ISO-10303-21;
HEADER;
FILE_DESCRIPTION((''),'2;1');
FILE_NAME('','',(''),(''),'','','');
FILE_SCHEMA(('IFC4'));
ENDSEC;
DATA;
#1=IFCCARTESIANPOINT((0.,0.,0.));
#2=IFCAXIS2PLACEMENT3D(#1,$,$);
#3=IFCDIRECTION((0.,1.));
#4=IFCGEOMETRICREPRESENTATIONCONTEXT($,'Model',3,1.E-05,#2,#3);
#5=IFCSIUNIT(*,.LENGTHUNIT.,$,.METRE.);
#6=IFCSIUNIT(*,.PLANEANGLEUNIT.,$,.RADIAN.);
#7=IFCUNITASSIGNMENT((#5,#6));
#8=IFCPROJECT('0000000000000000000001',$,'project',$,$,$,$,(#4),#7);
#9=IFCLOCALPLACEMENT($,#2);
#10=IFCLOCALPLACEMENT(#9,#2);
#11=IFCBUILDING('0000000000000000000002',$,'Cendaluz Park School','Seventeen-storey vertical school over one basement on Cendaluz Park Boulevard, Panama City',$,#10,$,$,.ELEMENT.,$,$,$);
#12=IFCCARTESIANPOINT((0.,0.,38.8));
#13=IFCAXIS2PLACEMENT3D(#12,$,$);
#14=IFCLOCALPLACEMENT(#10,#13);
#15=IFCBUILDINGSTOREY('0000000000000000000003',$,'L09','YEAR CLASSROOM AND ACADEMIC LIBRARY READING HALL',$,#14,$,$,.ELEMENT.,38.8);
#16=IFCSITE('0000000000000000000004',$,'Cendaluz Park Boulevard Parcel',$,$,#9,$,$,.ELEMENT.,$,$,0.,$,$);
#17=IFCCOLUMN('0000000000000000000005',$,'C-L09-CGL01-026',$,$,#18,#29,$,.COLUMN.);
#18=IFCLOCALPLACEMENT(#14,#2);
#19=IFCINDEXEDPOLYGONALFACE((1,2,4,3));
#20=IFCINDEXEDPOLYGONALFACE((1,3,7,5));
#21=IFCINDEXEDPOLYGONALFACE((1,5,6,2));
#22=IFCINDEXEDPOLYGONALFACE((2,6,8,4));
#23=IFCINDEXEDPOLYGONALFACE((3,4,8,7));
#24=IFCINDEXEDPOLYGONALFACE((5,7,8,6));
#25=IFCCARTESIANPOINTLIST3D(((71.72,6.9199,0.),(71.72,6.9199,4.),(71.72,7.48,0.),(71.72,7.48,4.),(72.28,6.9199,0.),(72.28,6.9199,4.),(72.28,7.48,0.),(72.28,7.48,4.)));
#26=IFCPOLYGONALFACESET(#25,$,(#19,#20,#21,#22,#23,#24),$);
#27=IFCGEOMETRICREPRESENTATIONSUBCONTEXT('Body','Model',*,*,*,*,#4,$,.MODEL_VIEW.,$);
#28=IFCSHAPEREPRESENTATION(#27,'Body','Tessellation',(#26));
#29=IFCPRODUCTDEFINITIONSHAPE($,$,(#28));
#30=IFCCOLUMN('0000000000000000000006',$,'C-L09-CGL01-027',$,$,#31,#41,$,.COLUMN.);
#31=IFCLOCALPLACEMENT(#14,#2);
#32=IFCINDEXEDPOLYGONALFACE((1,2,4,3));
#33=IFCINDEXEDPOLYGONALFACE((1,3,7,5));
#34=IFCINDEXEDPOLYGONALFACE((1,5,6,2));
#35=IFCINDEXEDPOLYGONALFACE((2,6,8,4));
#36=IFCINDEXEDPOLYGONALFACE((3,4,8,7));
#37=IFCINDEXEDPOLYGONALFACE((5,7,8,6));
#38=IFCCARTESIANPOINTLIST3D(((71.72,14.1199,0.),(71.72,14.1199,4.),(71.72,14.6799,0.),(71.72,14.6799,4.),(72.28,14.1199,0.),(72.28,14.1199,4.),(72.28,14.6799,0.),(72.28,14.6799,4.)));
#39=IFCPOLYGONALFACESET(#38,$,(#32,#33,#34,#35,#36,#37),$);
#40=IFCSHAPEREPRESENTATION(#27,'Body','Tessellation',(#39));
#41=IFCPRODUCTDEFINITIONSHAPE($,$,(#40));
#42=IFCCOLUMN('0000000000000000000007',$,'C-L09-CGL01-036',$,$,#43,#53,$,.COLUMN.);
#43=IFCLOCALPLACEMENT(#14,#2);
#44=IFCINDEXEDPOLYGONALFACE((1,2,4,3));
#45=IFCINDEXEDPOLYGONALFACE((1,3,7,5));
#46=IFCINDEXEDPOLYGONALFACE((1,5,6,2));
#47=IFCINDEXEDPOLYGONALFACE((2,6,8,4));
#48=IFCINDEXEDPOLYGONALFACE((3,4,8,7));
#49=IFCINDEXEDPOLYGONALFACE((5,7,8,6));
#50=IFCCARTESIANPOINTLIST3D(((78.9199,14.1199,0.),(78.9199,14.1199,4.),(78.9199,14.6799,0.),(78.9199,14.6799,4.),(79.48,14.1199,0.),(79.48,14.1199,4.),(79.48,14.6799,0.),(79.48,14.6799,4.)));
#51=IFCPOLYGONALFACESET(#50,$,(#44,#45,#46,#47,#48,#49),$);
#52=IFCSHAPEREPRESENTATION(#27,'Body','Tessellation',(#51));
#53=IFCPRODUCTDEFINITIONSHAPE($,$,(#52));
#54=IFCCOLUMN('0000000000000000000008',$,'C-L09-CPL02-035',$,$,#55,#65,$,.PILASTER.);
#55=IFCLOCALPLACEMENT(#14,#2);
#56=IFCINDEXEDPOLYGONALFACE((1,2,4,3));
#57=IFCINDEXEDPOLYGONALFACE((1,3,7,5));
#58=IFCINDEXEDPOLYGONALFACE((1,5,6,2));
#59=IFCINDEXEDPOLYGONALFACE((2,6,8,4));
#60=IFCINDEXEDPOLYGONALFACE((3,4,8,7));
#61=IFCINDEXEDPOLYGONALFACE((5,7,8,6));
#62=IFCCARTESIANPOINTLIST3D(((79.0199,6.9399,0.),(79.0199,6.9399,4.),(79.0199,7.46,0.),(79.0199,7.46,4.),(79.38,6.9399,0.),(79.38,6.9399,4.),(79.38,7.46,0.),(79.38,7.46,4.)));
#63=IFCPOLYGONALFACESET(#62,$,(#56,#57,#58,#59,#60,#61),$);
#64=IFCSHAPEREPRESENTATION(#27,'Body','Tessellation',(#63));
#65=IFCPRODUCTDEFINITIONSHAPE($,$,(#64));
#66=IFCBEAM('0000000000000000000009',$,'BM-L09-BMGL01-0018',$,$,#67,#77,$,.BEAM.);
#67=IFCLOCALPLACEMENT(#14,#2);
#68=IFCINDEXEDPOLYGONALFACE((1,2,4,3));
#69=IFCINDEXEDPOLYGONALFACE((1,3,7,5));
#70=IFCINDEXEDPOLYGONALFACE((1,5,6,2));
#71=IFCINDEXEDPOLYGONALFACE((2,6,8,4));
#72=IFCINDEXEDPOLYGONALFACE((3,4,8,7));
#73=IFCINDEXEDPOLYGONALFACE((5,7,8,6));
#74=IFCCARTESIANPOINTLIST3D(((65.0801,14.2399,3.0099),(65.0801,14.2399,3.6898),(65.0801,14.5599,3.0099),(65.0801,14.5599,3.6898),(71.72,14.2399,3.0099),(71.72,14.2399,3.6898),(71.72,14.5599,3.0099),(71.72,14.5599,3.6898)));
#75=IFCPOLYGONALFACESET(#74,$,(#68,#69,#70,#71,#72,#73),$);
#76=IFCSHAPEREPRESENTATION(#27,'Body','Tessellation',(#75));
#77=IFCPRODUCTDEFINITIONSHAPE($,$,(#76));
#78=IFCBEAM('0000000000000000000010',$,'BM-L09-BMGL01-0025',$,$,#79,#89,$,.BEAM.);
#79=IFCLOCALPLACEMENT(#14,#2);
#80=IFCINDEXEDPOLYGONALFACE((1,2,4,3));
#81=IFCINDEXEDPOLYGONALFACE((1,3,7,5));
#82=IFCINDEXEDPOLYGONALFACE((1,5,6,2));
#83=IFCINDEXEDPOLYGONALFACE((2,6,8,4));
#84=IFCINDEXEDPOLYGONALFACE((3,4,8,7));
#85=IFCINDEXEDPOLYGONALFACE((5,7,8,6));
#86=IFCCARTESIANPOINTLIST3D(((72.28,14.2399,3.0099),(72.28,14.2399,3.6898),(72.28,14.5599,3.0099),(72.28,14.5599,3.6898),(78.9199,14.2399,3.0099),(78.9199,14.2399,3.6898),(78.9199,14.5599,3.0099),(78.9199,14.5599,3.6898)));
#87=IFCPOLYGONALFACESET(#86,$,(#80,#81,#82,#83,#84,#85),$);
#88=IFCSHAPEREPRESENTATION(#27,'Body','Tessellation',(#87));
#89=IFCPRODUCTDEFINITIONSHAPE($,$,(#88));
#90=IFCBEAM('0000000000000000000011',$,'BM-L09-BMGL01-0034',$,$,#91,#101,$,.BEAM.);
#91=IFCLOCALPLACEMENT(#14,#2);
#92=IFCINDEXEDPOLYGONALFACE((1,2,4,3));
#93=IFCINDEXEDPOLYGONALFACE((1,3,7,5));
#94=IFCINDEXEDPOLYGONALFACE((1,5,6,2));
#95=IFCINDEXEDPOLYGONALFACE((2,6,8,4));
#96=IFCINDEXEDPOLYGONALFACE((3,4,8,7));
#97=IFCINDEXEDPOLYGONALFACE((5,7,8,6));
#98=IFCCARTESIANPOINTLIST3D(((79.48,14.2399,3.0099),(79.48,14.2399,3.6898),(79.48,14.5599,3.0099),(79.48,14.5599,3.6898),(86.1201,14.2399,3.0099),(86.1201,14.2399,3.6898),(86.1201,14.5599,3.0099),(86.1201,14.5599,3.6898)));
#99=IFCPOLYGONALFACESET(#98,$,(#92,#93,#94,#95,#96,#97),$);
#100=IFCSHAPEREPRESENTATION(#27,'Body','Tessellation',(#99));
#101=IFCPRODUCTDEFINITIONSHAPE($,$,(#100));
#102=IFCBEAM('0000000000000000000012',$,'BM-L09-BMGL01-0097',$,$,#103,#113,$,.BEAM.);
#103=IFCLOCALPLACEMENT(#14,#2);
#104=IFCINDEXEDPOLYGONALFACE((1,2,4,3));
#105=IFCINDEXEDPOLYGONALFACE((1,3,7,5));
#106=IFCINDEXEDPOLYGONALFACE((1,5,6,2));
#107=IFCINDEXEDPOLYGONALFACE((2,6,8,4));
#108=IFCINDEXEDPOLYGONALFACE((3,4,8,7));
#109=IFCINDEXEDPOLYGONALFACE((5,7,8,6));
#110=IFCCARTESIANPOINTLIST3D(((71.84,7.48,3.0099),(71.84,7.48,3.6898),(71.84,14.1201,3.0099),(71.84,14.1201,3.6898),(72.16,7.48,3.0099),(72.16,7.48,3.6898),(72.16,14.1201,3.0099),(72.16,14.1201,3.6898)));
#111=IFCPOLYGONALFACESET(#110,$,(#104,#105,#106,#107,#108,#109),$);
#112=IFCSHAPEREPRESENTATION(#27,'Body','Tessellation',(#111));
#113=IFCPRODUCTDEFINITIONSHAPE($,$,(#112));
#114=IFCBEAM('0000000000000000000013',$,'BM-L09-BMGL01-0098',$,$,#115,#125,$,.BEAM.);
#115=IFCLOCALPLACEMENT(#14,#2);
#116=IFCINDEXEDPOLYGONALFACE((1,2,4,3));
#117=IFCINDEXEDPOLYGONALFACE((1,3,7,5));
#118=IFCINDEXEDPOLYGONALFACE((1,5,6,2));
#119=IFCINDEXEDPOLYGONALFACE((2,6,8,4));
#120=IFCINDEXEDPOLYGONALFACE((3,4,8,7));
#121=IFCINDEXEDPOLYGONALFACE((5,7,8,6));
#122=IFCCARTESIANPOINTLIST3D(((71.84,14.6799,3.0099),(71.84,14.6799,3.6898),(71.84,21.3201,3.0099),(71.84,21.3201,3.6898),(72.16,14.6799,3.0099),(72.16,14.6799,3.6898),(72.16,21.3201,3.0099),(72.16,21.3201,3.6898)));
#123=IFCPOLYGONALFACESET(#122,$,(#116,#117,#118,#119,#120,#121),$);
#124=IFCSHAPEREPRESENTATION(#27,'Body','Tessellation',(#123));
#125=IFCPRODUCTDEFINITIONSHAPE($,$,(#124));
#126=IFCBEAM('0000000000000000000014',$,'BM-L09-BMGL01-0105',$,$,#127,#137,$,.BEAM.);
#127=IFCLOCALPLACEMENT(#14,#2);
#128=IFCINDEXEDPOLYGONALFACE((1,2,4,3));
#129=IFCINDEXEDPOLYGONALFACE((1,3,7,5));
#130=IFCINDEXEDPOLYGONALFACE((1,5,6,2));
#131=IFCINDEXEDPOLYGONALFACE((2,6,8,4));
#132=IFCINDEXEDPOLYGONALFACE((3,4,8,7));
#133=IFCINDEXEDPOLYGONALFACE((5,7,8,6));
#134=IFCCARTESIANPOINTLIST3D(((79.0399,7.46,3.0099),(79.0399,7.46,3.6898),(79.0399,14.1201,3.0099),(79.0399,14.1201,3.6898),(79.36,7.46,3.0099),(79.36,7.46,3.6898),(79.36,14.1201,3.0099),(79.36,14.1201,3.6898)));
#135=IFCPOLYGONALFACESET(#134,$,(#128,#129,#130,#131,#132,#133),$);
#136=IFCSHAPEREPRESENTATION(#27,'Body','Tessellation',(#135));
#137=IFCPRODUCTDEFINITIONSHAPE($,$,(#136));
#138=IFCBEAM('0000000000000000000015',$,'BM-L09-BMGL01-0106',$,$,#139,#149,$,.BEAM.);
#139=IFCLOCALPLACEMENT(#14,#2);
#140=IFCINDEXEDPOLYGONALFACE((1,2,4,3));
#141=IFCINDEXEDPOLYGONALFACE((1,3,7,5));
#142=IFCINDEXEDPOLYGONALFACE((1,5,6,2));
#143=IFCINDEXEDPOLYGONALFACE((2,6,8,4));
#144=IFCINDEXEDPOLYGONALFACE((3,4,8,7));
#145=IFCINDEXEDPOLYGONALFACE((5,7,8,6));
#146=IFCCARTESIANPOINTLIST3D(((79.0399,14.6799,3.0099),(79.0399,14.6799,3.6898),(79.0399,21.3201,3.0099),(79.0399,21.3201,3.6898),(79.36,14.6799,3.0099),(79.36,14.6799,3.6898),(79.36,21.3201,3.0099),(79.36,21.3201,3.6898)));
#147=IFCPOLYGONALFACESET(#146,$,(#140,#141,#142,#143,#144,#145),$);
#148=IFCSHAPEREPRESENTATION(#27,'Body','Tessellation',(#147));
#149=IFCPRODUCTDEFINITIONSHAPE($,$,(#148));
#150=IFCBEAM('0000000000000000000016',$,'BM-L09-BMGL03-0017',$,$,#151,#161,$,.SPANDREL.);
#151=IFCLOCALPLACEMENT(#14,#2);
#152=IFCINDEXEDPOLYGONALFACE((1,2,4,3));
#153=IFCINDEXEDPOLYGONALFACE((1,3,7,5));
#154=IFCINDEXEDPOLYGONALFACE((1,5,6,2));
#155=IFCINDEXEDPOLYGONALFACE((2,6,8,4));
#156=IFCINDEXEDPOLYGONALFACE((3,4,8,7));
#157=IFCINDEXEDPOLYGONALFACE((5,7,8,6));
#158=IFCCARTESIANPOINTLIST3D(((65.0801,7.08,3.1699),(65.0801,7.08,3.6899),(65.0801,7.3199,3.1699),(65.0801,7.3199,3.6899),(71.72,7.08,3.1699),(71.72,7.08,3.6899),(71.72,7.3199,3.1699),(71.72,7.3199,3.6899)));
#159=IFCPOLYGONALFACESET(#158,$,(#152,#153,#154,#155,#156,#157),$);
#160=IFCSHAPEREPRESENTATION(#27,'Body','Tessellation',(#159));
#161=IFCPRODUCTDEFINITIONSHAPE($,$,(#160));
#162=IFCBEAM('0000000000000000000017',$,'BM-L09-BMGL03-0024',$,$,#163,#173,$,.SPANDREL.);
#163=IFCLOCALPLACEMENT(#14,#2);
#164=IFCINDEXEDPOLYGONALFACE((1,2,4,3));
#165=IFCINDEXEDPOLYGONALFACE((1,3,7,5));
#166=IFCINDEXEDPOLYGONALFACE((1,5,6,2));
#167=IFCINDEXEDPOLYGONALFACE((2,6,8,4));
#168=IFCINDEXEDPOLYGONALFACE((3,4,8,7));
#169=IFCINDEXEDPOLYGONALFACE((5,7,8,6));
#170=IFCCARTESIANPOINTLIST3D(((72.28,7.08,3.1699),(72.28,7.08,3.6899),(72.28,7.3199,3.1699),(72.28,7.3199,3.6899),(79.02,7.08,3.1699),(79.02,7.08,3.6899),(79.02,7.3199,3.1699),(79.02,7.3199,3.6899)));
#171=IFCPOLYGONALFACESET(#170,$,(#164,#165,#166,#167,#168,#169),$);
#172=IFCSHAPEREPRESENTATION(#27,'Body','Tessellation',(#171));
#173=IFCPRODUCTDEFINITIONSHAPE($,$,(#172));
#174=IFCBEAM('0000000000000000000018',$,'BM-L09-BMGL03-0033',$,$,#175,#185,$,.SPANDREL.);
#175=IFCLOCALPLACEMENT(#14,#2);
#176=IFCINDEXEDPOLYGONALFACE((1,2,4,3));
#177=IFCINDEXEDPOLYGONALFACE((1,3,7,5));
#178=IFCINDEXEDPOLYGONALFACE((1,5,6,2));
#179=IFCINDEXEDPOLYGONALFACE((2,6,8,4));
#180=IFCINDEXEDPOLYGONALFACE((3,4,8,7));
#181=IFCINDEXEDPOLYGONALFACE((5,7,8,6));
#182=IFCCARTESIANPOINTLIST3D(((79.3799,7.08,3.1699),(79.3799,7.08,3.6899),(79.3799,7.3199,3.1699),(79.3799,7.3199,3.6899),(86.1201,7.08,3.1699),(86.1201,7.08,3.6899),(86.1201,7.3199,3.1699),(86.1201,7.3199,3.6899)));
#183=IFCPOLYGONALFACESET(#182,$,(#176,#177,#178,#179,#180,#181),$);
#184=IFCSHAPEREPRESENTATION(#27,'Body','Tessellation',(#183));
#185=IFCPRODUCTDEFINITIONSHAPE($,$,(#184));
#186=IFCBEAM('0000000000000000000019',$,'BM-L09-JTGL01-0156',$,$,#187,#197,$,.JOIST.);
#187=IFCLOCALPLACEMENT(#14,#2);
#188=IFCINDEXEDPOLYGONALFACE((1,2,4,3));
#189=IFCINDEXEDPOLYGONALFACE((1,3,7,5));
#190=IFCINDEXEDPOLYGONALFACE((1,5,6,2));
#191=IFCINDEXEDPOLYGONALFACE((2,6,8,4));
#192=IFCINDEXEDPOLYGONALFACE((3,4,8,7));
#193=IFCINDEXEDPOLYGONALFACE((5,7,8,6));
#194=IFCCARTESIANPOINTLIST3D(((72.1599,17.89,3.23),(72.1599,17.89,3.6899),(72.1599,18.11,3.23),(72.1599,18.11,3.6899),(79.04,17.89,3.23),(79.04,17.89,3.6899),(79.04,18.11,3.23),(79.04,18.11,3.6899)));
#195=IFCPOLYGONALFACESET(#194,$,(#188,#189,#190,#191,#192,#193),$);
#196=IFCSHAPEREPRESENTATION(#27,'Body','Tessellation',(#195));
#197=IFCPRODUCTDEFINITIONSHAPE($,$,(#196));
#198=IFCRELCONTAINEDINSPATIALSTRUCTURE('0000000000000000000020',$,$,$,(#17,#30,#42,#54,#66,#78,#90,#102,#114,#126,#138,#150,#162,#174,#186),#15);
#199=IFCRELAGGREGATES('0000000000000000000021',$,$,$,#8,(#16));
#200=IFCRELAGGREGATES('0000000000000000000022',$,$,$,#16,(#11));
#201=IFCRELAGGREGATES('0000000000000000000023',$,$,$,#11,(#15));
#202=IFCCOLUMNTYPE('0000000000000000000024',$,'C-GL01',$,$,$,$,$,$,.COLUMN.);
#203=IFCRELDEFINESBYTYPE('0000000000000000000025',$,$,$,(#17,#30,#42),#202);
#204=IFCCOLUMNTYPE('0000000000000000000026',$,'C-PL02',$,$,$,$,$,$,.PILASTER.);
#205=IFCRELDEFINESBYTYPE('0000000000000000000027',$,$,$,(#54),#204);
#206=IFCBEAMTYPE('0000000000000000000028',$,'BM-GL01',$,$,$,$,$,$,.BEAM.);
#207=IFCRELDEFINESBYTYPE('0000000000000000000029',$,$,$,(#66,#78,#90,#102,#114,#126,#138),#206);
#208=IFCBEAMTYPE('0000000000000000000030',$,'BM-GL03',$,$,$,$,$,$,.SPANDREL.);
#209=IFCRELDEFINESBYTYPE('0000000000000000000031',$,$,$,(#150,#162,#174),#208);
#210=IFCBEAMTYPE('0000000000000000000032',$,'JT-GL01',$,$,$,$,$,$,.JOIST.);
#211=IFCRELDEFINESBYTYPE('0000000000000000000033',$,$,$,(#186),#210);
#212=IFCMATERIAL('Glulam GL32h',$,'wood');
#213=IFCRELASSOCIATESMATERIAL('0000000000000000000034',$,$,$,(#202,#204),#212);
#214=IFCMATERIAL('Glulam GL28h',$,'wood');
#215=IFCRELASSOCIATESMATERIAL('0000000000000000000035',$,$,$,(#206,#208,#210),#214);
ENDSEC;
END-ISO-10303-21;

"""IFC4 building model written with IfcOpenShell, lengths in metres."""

from ifc_helpers import new_model, si_unit, direction, frame, origin, origin_2d, place, context, subcontext, project, spatial, rectangle, extrude, material, material_profile, profile_set, type_object, element, save


model = new_model("IFC4")

# Units and contexts
model_context = context("Model", 3, precision=1e-05, world=origin(), true_north=direction((0.0, 1.0)))
body_context = subcontext(model_context, "Body", "Model", "MODEL_VIEW")
ifc_project = project(units=[si_unit("LENGTHUNIT", "METRE"), si_unit("PLANEANGLEUNIT", "RADIAN")], contexts=[model_context])

# Site, building, storey
site_placement = place(None, origin())
site = spatial("IfcSite", under=ifc_project, at=site_placement, Name="Cendaluz Park Boulevard Parcel", CompositionType="ELEMENT", RefElevation=0.0)
building_placement = place(site_placement, origin())
building = spatial("IfcBuilding", under=site, at=building_placement, Name="Cendaluz Park School", Description="Seventeen-storey vertical school over one basement on Cendaluz Park Boulevard, Panama City", CompositionType="ELEMENT")
storey_placement = place(building_placement, frame((0.0, 0.0, 38.8)))
storey = spatial("IfcBuildingStorey", under=building, at=storey_placement, Name="L09", Description="YEAR CLASSROOM AND ACADEMIC LIBRARY READING HALL", CompositionType="ELEMENT", Elevation=38.8)

# Columns
ifc_material_1 = material(Name="Glulam GL32h", Category="wood")
ifc_material_profile_1 = material_profile(ifc_material_1, rectangle(XDim=0.5601, YDim=0.5601, at=origin_2d()), Name="GL32h 560x560", Category="wood")
ifc_profile_set_1 = profile_set([ifc_material_profile_1], Name="Glulam GL32h")
column_type_1 = type_object("IfcColumnType", Name="C-GL01", PredefinedType="COLUMN", material=ifc_profile_set_1)
for number, where, z_axis, x_axis, name in (
    (1, (72.0, 7.2, 0.0), (0.0, 0.0, 1.0), (1.0, 0.0, 0.0), "C-L09-CGL01-026"),
    (2, (72.0, 14.3999, 0.0), (0.0, 0.0, 1.0), (1.0, 0.0, 0.0), "C-L09-CGL01-027"),
    (3, (79.2, 14.3999, 0.0), (0.0, 0.0, 1.0), (1.0, 0.0, 0.0), "C-L09-CGL01-036"),
):
    element("IfcColumn", number, at=place(storey_placement, frame(where, z_axis=z_axis, x_axis=x_axis)), inside=storey, type_object=column_type_1, Name=name, PredefinedType="COLUMN", context=body_context, shape_type="SweptSolid", body=[
        extrude(rectangle(XDim=0.5601, YDim=0.5601, at=origin_2d()), origin(), (0.0, 0.0, 1.0), 4.0),
    ])
ifc_material_profile_2 = material_profile(ifc_material_1, rectangle(XDim=0.3601, YDim=0.52, at=origin_2d()), Name="GL32h 360x520", Category="wood")
ifc_profile_set_2 = profile_set([ifc_material_profile_2], Name="Glulam GL32h")
column_type_2 = type_object("IfcColumnType", Name="C-PL02", PredefinedType="PILASTER", material=ifc_profile_set_2)
column_placement = place(storey_placement, frame((79.2, 7.2, 0.0), z_axis=(0.0, 0.0, 1.0), x_axis=(1.0, 0.0, 0.0)))
element("IfcColumn", 4, at=column_placement, inside=storey, type_object=column_type_2, Name="C-L09-CPL02-035", PredefinedType="PILASTER", context=body_context, shape_type="SweptSolid", body=[
    extrude(rectangle(XDim=0.3601, YDim=0.52, at=origin_2d()), origin(), (0.0, 0.0, 1.0), 4.0),
])

# Beams
ifc_material_2 = material(Name="Glulam GL28h", Category="wood")
ifc_material_profile_3 = material_profile(ifc_material_2, rectangle(XDim=0.3201, YDim=0.6799, at=origin_2d()), Name="GL28h 320x680", Category="wood")
ifc_profile_set_3 = profile_set([ifc_material_profile_3], Name="Glulam GL28h")
beam_type_1 = type_object("IfcBeamType", Name="BM-GL01", PredefinedType="BEAM", material=ifc_profile_set_3)
for number, where, z_axis, x_axis, name in (
    (5, (65.0801, 14.3999, 3.3499), (1.0, 0.0, 0.0), (0.0, 1.0, 0.0), "BM-L09-BMGL01-0018"),
    (6, (72.28, 14.3999, 3.3499), (1.0, 0.0, 0.0), (0.0, 1.0, 0.0), "BM-L09-BMGL01-0025"),
):
    element("IfcBeam", number, at=place(storey_placement, frame(where, z_axis=z_axis, x_axis=x_axis)), inside=storey, type_object=beam_type_1, Name=name, PredefinedType="BEAM", context=body_context, shape_type="SweptSolid", body=[
        extrude(rectangle(XDim=0.3201, YDim=0.6799, at=origin_2d()), origin(), (0.0, 0.0, 1.0), 6.6399),
    ])
for number, where, z_axis, x_axis, name in (
    (7, (79.48, 14.3999, 3.3499), (1.0, 0.0, 0.0), (0.0, 1.0, 0.0), "BM-L09-BMGL01-0034"),
    (8, (72.0, 7.48, 3.3499), (0.0, 1.0, 0.0), (-1.0, 0.0, 0.0), "BM-L09-BMGL01-0097"),
    (9, (72.0, 14.6799, 3.3499), (0.0, 1.0, 0.0), (-1.0, 0.0, 0.0), "BM-L09-BMGL01-0098"),
):
    element("IfcBeam", number, at=place(storey_placement, frame(where, z_axis=z_axis, x_axis=x_axis)), inside=storey, type_object=beam_type_1, Name=name, PredefinedType="BEAM", context=body_context, shape_type="SweptSolid", body=[
        extrude(rectangle(XDim=0.3201, YDim=0.6799, at=origin_2d()), origin(), (0.0, 0.0, 1.0), 6.6401),
    ])
beam_1_placement = place(storey_placement, frame((79.2, 7.46, 3.3499), z_axis=(0.0, 1.0, 0.0), x_axis=(-1.0, 0.0, 0.0)))
element("IfcBeam", 10, at=beam_1_placement, inside=storey, type_object=beam_type_1, Name="BM-L09-BMGL01-0105", PredefinedType="BEAM", context=body_context, shape_type="SweptSolid", body=[
    extrude(rectangle(XDim=0.3201, YDim=0.6799, at=origin_2d()), origin(), (0.0, 0.0, 1.0), 6.6602),
])
beam_2_placement = place(storey_placement, frame((79.2, 14.6799, 3.3499), z_axis=(0.0, 1.0, 0.0), x_axis=(-1.0, 0.0, 0.0)))
element("IfcBeam", 11, at=beam_2_placement, inside=storey, type_object=beam_type_1, Name="BM-L09-BMGL01-0106", PredefinedType="BEAM", context=body_context, shape_type="SweptSolid", body=[
    extrude(rectangle(XDim=0.3201, YDim=0.6799, at=origin_2d()), origin(), (0.0, 0.0, 1.0), 6.6401),
])
ifc_material_profile_4 = material_profile(ifc_material_2, rectangle(XDim=0.24, YDim=0.52, at=origin_2d()), Name="GL28h 240x520", Category="wood")
ifc_profile_set_4 = profile_set([ifc_material_profile_4], Name="Glulam GL28h")
beam_type_2 = type_object("IfcBeamType", Name="BM-GL03", PredefinedType="SPANDREL", material=ifc_profile_set_4)
beam_3_placement = place(storey_placement, frame((65.0801, 7.2, 3.4299), z_axis=(1.0, 0.0, 0.0), x_axis=(0.0, 1.0, 0.0)))
element("IfcBeam", 12, at=beam_3_placement, inside=storey, type_object=beam_type_2, Name="BM-L09-BMGL03-0017", PredefinedType="SPANDREL", context=body_context, shape_type="SweptSolid", body=[
    extrude(rectangle(XDim=0.24, YDim=0.52, at=origin_2d()), origin(), (0.0, 0.0, 1.0), 6.6399),
])
beam_4_placement = place(storey_placement, frame((72.28, 7.2, 3.4299), z_axis=(1.0, 0.0, 0.0), x_axis=(0.0, 1.0, 0.0)))
element("IfcBeam", 13, at=beam_4_placement, inside=storey, type_object=beam_type_2, Name="BM-L09-BMGL03-0024", PredefinedType="SPANDREL", context=body_context, shape_type="SweptSolid", body=[
    extrude(rectangle(XDim=0.24, YDim=0.52, at=origin_2d()), origin(), (0.0, 0.0, 1.0), 6.74),
])
beam_5_placement = place(storey_placement, frame((79.3799, 7.2, 3.4299), z_axis=(1.0, 0.0, 0.0), x_axis=(0.0, 1.0, 0.0)))
element("IfcBeam", 14, at=beam_5_placement, inside=storey, type_object=beam_type_2, Name="BM-L09-BMGL03-0033", PredefinedType="SPANDREL", context=body_context, shape_type="SweptSolid", body=[
    extrude(rectangle(XDim=0.24, YDim=0.52, at=origin_2d()), origin(), (0.0, 0.0, 1.0), 6.7402),
])
ifc_material_profile_5 = material_profile(ifc_material_2, rectangle(XDim=0.22, YDim=0.46, at=origin_2d()), Name="GL28h 220x460", Category="wood")
ifc_profile_set_5 = profile_set([ifc_material_profile_5], Name="Glulam GL28h")
beam_type_3 = type_object("IfcBeamType", Name="JT-GL01", PredefinedType="JOIST", material=ifc_profile_set_5)
beam_6_placement = place(storey_placement, frame((72.1599, 18.0, 3.46), z_axis=(1.0, 0.0, 0.0), x_axis=(0.0, 1.0, 0.0)))
element("IfcBeam", 15, at=beam_6_placement, inside=storey, type_object=beam_type_3, Name="BM-L09-JTGL01-0156", PredefinedType="JOIST", context=body_context, shape_type="SweptSolid", body=[
    extrude(rectangle(XDim=0.22, YDim=0.46, at=origin_2d()), origin(), (0.0, 0.0, 1.0), 6.8801),
])

save(model, "model.ifc")
